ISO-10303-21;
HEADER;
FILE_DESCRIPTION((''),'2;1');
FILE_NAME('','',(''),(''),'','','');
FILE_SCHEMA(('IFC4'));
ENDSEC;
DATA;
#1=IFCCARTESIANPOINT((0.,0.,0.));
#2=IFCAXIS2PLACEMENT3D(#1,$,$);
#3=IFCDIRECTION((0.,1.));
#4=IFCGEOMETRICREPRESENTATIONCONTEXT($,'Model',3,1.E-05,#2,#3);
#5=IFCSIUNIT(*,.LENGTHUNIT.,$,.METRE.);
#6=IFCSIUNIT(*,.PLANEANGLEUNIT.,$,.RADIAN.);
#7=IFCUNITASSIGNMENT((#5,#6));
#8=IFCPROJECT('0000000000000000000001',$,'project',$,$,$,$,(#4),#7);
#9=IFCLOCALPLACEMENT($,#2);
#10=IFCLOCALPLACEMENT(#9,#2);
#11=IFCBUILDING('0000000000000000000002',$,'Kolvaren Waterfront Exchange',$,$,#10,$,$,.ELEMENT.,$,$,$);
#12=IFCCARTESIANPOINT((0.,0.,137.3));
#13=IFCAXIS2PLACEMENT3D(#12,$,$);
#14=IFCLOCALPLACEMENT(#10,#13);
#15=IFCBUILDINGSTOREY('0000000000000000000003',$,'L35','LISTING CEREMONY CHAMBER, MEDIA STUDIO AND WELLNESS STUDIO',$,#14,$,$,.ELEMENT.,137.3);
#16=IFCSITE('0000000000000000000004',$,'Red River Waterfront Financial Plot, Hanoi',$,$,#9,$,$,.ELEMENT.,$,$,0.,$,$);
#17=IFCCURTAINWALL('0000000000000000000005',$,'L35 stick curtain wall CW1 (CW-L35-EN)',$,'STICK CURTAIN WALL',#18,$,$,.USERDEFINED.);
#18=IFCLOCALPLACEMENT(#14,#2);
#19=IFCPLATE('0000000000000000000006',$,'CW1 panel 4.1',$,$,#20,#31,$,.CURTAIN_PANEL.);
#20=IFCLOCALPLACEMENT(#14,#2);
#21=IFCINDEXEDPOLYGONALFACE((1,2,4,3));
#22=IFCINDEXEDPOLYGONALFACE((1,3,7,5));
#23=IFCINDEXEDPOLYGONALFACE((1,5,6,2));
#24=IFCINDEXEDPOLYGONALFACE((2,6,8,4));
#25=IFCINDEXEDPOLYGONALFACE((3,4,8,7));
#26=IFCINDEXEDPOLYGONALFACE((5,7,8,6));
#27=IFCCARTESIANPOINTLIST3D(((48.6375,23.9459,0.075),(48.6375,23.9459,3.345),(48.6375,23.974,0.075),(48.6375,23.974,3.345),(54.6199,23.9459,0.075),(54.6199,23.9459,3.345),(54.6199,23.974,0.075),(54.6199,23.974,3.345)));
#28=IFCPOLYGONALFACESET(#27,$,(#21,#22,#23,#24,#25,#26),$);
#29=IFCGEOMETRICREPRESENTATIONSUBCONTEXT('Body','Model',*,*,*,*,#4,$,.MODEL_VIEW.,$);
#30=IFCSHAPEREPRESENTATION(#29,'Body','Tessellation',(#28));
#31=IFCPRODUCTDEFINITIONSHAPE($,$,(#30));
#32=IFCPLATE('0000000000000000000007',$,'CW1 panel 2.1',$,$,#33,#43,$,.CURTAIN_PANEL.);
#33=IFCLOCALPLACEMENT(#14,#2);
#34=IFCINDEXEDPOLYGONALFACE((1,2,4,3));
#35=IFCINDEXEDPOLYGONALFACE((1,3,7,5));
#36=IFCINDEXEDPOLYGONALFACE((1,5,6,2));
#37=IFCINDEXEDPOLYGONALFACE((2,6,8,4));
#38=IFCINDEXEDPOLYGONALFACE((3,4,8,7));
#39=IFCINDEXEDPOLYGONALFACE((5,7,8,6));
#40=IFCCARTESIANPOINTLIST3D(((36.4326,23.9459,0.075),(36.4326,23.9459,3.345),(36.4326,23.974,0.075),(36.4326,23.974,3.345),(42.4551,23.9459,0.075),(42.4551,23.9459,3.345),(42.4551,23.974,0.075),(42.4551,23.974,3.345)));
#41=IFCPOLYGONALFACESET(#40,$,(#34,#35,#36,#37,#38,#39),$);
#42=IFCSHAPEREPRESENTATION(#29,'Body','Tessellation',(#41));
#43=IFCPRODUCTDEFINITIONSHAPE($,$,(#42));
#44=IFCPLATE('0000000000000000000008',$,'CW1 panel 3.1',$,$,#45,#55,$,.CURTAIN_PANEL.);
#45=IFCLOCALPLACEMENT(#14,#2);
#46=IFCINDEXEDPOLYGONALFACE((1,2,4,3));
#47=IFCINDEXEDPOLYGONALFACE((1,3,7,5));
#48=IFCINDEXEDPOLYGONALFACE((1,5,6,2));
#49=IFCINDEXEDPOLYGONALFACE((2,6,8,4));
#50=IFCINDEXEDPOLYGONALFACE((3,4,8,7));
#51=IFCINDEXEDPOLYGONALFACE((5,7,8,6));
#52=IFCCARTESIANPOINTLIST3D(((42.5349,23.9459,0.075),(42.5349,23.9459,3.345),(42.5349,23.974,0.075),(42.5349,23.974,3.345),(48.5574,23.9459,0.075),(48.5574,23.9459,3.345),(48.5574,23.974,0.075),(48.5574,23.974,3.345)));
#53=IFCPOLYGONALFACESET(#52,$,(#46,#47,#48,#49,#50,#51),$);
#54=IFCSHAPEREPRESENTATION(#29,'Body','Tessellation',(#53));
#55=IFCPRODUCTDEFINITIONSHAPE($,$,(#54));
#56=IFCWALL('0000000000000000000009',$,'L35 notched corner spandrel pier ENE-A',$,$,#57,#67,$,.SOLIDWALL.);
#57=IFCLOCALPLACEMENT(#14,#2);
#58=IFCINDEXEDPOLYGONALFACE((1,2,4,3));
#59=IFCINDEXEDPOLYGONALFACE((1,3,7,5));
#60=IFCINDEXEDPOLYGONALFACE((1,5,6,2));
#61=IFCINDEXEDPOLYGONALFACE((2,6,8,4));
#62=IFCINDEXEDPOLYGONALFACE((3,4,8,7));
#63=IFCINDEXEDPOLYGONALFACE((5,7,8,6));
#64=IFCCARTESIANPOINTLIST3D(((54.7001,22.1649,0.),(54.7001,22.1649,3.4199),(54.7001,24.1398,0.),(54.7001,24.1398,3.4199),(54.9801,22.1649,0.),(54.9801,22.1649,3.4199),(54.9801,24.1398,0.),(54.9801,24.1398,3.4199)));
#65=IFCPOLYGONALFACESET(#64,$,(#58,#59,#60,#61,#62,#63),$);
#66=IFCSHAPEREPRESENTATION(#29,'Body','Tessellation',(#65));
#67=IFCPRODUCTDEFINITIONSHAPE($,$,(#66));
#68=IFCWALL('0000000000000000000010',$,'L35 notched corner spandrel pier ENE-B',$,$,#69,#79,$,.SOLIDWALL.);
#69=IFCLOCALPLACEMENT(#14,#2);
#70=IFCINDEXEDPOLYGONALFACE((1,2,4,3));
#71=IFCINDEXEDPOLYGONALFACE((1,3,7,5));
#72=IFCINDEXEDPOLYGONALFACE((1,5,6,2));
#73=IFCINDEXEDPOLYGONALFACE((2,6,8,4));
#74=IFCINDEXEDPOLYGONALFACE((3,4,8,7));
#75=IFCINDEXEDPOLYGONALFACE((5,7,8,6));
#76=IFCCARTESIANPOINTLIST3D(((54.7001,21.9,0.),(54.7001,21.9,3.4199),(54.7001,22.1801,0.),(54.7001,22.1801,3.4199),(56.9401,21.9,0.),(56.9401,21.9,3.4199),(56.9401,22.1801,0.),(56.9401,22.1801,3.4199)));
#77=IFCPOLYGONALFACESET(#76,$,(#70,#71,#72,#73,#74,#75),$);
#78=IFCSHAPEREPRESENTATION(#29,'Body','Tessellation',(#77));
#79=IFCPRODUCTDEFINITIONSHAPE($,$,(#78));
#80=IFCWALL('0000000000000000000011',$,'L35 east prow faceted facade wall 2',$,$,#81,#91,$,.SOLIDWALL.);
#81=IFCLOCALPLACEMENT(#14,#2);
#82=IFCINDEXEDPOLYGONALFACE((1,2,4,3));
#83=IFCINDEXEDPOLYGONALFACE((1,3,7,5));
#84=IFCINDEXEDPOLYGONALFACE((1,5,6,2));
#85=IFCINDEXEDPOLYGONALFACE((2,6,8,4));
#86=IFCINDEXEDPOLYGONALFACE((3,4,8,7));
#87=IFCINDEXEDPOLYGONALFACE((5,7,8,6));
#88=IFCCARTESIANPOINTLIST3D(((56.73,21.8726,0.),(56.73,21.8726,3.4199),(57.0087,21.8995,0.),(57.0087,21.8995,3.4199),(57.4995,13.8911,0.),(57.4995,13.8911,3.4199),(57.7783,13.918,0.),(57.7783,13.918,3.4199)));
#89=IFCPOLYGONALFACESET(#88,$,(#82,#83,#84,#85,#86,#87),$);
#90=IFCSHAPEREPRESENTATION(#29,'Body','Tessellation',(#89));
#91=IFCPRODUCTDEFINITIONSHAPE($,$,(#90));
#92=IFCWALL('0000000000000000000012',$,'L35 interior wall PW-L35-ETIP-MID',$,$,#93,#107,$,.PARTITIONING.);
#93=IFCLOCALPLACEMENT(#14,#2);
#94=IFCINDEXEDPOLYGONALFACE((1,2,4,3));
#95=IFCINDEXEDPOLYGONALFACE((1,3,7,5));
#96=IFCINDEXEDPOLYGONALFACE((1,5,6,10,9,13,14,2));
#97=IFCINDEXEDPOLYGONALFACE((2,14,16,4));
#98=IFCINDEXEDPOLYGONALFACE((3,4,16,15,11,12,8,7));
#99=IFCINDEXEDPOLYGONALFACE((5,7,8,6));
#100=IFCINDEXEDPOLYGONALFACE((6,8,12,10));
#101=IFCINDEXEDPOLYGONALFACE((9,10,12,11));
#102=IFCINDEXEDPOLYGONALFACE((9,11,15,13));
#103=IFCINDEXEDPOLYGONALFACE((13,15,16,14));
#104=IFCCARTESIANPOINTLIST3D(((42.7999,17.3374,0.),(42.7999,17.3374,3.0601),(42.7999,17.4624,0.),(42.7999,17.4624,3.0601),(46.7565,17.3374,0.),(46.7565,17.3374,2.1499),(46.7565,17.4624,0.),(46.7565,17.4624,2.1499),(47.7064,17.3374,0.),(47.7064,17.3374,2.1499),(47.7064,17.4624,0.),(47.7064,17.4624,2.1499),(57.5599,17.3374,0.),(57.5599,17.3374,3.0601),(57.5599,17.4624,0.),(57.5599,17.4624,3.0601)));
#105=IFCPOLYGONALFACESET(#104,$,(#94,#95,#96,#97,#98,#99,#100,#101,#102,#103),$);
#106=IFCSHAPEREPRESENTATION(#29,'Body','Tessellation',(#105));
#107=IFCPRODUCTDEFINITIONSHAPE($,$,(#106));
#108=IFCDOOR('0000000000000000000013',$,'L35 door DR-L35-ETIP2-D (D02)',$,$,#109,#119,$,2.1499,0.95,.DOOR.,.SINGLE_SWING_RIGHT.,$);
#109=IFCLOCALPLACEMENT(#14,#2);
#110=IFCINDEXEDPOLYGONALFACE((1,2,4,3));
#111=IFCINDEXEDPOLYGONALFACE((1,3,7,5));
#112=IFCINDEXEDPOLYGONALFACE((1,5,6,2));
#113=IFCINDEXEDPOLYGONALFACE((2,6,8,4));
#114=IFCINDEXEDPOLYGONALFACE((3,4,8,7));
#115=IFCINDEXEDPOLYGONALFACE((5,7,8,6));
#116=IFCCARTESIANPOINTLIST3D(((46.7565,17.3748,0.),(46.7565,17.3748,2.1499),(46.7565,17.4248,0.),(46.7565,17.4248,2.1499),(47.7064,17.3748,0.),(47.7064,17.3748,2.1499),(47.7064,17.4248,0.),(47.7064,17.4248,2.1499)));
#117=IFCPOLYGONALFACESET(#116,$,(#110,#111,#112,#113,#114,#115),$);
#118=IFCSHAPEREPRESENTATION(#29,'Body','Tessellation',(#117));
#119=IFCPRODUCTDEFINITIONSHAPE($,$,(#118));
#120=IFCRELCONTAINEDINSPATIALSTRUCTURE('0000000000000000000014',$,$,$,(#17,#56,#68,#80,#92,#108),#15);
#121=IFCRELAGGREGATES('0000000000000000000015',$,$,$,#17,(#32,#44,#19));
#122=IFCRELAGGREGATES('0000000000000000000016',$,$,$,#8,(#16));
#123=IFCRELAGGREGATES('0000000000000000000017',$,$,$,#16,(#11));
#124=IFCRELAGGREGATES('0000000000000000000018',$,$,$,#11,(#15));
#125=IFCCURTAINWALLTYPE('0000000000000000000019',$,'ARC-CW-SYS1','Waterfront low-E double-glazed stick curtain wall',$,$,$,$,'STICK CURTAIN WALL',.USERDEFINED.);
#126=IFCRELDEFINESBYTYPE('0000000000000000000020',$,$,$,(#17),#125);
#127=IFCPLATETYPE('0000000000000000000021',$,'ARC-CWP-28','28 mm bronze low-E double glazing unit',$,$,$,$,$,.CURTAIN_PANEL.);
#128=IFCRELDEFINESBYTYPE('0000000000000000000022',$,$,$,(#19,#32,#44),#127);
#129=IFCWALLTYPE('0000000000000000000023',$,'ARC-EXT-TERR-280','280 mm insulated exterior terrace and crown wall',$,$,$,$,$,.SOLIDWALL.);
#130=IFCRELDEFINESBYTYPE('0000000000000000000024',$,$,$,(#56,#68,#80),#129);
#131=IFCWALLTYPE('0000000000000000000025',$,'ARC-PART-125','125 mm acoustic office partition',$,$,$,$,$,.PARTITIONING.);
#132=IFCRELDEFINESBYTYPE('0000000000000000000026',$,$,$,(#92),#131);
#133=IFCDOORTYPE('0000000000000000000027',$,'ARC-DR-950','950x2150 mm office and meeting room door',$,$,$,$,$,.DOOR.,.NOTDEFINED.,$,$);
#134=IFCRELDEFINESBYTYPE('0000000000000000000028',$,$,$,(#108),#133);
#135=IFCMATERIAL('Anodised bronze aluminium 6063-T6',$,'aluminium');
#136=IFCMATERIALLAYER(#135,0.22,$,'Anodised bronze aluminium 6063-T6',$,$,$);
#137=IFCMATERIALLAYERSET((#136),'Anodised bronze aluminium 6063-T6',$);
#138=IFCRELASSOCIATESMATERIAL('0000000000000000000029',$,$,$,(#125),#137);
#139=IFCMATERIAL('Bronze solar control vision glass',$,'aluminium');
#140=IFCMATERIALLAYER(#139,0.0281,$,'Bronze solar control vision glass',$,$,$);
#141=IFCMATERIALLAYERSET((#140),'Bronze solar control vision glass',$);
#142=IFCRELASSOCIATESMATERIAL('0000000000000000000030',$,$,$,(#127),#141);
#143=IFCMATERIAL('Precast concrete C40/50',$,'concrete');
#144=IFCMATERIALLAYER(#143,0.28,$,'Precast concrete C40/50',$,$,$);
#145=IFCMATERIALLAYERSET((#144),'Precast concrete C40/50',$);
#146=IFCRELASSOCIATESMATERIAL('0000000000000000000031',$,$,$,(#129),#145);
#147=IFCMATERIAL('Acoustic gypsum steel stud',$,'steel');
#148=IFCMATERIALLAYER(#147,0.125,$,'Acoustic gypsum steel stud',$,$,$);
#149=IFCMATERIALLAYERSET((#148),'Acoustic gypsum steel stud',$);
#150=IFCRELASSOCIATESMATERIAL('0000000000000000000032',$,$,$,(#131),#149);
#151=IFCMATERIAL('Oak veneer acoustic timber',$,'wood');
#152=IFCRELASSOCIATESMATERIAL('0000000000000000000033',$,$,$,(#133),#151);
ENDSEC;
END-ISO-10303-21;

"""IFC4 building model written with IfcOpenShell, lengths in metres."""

from ifc_helpers import new_model, si_unit, direction, frame, frame_2d, origin, origin_with_axes, origin_2d, place, context, subcontext, project, spatial, rectangle, extrude, source, transform, mapped, material, layer, layer_set, type_object, element, fill, aggregate, save


model = new_model("IFC4")

# Units and contexts
model_context = context("Model", 3, precision=1e-05, world=origin(), true_north=direction((0.0, 1.0)))
body_context = subcontext(model_context, "Body", "Model", "MODEL_VIEW")
ifc_project = project(units=[si_unit("LENGTHUNIT", "METRE"), si_unit("PLANEANGLEUNIT", "RADIAN")], contexts=[model_context])

# Site, building, storey
site_placement = place(None, origin())
site = spatial("IfcSite", under=ifc_project, at=site_placement, Name="Red River Waterfront Financial Plot, Hanoi", CompositionType="ELEMENT", RefElevation=0.0)
building_placement = place(site_placement, origin())
building = spatial("IfcBuilding", under=site, at=building_placement, Name="Kolvaren Waterfront Exchange", CompositionType="ELEMENT")
storey_placement = place(building_placement, frame((0.0, 0.0, 137.3)))
storey = spatial("IfcBuildingStorey", under=building, at=storey_placement, Name="L35", Description="LISTING CEREMONY CHAMBER, MEDIA STUDIO AND WELLNESS STUDIO", CompositionType="ELEMENT", Elevation=137.3)

# Curtain wall, plates
ifc_material_1 = material(Name="Anodised bronze aluminium 6063-T6", Category="aluminium")
ifc_layer_1 = layer(ifc_material_1, 0.22, Name="Anodised bronze aluminium 6063-T6")
ifc_layer_set_1 = layer_set([ifc_layer_1], Name="Anodised bronze aluminium 6063-T6")
curtain_wall_type = type_object("IfcCurtainWallType", Name="ARC-CW-SYS1", Description="Waterfront low-E double-glazed stick curtain wall", ElementType="STICK CURTAIN WALL", PredefinedType="USERDEFINED", material=ifc_layer_set_1)
curtain_wall_placement = place(storey_placement, origin())
curtain_wall = element("IfcCurtainWall", 1, at=curtain_wall_placement, inside=storey, type_object=curtain_wall_type, Name="L35 stick curtain wall CW1 (CW-L35-EN)", ObjectType="STICK CURTAIN WALL", PredefinedType="USERDEFINED")
ifc_material_2 = material(Name="Bronze solar control vision glass", Category="aluminium")
ifc_layer_2 = layer(ifc_material_2, 0.0281, Name="Bronze solar control vision glass")
ifc_layer_set_2 = layer_set([ifc_layer_2], Name="Bronze solar control vision glass")
plate_type = type_object("IfcPlateType", Name="ARC-CWP-28", Description="28 mm bronze low-E double glazing unit", PredefinedType="CURTAIN_PANEL", material=ifc_layer_set_2)
shared_shape_1 = source(origin_with_axes(), body_context, "Body", "SweptSolid", [
    extrude(rectangle(XDim=5.9824, YDim=0.0281, at=origin_2d()), origin(), (0.0, 0.0, 1.0), 3.27),
])
plate_1_placement = place(storey_placement, frame((51.6287, 23.96, 0.075), z_axis=(0.0, 0.0, 1.0), x_axis=(1.0, 0.0, 0.0)))
plate_1 = element("IfcPlate", 2, at=plate_1_placement, type_object=plate_type, Name="CW1 panel 4.1", PredefinedType="CURTAIN_PANEL", context=body_context, shape_type="MappedRepresentation", body=[
    mapped(shared_shape_1, transform((0.0, 0.0, 0.0), x_axis=(1.0, 0.0, 0.0), y_axis=(0.0, 1.0, 0.0), z_axis=(0.0, 0.0, 1.0), scale=1.0)),
])
shared_shape_2 = source(origin_with_axes(), body_context, "Body", "SweptSolid", [
    extrude(rectangle(XDim=6.0225, YDim=0.0281, at=origin_2d()), origin(), (0.0, 0.0, 1.0), 3.27),
])
plate_2_placement = place(storey_placement, frame((39.4438, 23.96, 0.075), z_axis=(0.0, 0.0, 1.0), x_axis=(1.0, 0.0, 0.0)))
plate_2 = element("IfcPlate", 3, at=plate_2_placement, type_object=plate_type, Name="CW1 panel 2.1", PredefinedType="CURTAIN_PANEL", context=body_context, shape_type="MappedRepresentation", body=[
    mapped(shared_shape_2, transform((0.0, 0.0, 0.0), x_axis=(1.0, 0.0, 0.0), y_axis=(0.0, 1.0, 0.0), z_axis=(0.0, 0.0, 1.0), scale=1.0)),
])
plate_3_placement = place(storey_placement, frame((45.5461, 23.96, 0.075), z_axis=(0.0, 0.0, 1.0), x_axis=(1.0, 0.0, 0.0)))
plate_3 = element("IfcPlate", 4, at=plate_3_placement, type_object=plate_type, Name="CW1 panel 3.1", PredefinedType="CURTAIN_PANEL", context=body_context, shape_type="MappedRepresentation", body=[
    mapped(shared_shape_2, transform((0.0, 0.0, 0.0), x_axis=(1.0, 0.0, 0.0), y_axis=(0.0, 1.0, 0.0), z_axis=(0.0, 0.0, 1.0), scale=1.0)),
])
aggregate(curtain_wall, [plate_2, plate_3, plate_1])

# Walls
ifc_material_3 = material(Name="Precast concrete C40/50", Category="concrete")
ifc_layer_3 = layer(ifc_material_3, 0.28, Name="Precast concrete C40/50")
ifc_layer_set_3 = layer_set([ifc_layer_3], Name="Precast concrete C40/50")
wall_type_1 = type_object("IfcWallType", Name="ARC-EXT-TERR-280", Description="280 mm insulated exterior terrace and crown wall", PredefinedType="SOLIDWALL", material=ifc_layer_set_3)
wall_1_placement = place(storey_placement, frame((54.8401, 22.165, 0.0), z_axis=(0.0, 0.0, 1.0), x_axis=(0.0, 1.0, 0.0)))
element("IfcWall", 5, at=wall_1_placement, inside=storey, type_object=wall_type_1, Name="L35 notched corner spandrel pier ENE-A", PredefinedType="SOLIDWALL", context=body_context, shape_type="SweptSolid", body=[
    extrude(rectangle(XDim=1.9749, YDim=0.28, at=frame_2d((0.9873, 0.0))), origin(), (0.0, 0.0, 1.0), 3.4199),
])
wall_2_placement = place(storey_placement, frame((54.7, 22.04, 0.0), z_axis=(0.0, 0.0, 1.0), x_axis=(1.0, 0.0, 0.0)))
element("IfcWall", 6, at=wall_2_placement, inside=storey, type_object=wall_type_1, Name="L35 notched corner spandrel pier ENE-B", PredefinedType="SOLIDWALL", context=body_context, shape_type="SweptSolid", body=[
    extrude(rectangle(XDim=2.24, YDim=0.28, at=frame_2d((1.1201, 0.0))), origin(), (0.0, 0.0, 1.0), 3.4199),
])
wall_3_placement = place(storey_placement, frame((57.6389, 13.9045, 0.0), z_axis=(0.0, 0.0, 1.0), x_axis=(-0.09597, 0.995384, 0.0)))
element("IfcWall", 7, at=wall_3_placement, inside=storey, type_object=wall_type_1, Name="L35 east prow faceted facade wall 2", PredefinedType="SOLIDWALL", context=body_context, shape_type="SweptSolid", body=[
    extrude(rectangle(XDim=8.0186, YDim=0.28, at=frame_2d((4.0093, 0.0))), origin(), (0.0, 0.0, 1.0), 3.4199),
])

# Wall, opening, door
ifc_material_4 = material(Name="Acoustic gypsum steel stud", Category="steel")
ifc_layer_4 = layer(ifc_material_4, 0.125, Name="Acoustic gypsum steel stud")
ifc_layer_set_4 = layer_set([ifc_layer_4], Name="Acoustic gypsum steel stud")
wall_type_2 = type_object("IfcWallType", Name="ARC-PART-125", Description="125 mm acoustic office partition", PredefinedType="PARTITIONING", material=ifc_layer_set_4)
wall_4_placement = place(storey_placement, frame((42.8, 17.3999, 0.0), z_axis=(0.0, 0.0, 1.0), x_axis=(1.0, 0.0, 0.0)))
wall_4 = element("IfcWall", 8, at=wall_4_placement, inside=storey, type_object=wall_type_2, Name="L35 interior wall PW-L35-ETIP-MID", PredefinedType="PARTITIONING", context=body_context, shape_type="SweptSolid", body=[
    extrude(rectangle(XDim=14.76, YDim=0.125, at=frame_2d((7.3799, 0.0))), origin(), (0.0, 0.0, 1.0), 3.0601),
])
opening_placement = place(wall_4_placement, frame((3.9563, 0.0, 0.0)))
opening = element("IfcOpeningElement", 9, at=opening_placement, cuts=wall_4, PredefinedType="OPENING", context=body_context, shape_type="SweptSolid", body=[
    extrude(rectangle(XDim=0.95, YDim=2.1499, at=frame_2d((0.4751, 1.075))), frame((0.0, 0.0725, 0.0), z_axis=(0.0, -1.0, 0.0), x_axis=(1.0, 0.0, 0.0)), (0.0, 0.0, 1.0), 0.145),
])
ifc_material_5 = material(Name="Oak veneer acoustic timber", Category="wood")
door_type = type_object("IfcDoorType", Name="ARC-DR-950", Description="950x2150 mm office and meeting room door", OperationType="NOTDEFINED", PredefinedType="DOOR", material=ifc_material_5)
door_placement = place(opening_placement, origin())
door = element("IfcDoor", 10, at=door_placement, inside=storey, type_object=door_type, Name="L35 door DR-L35-ETIP2-D (D02)", OperationType="SINGLE_SWING_RIGHT", OverallHeight=2.1499, OverallWidth=0.95, PredefinedType="DOOR", context=body_context, shape_type="SweptSolid", body=[
    extrude(rectangle(XDim=0.95, YDim=2.1499, at=frame_2d((0.4751, 1.075))), frame((0.0, 0.0249, 0.0), z_axis=(0.0, -1.0, 0.0), x_axis=(1.0, 0.0, 0.0)), (0.0, 0.0, 1.0), 0.05),
])
fill(opening, door)

save(model, "model.ifc")
